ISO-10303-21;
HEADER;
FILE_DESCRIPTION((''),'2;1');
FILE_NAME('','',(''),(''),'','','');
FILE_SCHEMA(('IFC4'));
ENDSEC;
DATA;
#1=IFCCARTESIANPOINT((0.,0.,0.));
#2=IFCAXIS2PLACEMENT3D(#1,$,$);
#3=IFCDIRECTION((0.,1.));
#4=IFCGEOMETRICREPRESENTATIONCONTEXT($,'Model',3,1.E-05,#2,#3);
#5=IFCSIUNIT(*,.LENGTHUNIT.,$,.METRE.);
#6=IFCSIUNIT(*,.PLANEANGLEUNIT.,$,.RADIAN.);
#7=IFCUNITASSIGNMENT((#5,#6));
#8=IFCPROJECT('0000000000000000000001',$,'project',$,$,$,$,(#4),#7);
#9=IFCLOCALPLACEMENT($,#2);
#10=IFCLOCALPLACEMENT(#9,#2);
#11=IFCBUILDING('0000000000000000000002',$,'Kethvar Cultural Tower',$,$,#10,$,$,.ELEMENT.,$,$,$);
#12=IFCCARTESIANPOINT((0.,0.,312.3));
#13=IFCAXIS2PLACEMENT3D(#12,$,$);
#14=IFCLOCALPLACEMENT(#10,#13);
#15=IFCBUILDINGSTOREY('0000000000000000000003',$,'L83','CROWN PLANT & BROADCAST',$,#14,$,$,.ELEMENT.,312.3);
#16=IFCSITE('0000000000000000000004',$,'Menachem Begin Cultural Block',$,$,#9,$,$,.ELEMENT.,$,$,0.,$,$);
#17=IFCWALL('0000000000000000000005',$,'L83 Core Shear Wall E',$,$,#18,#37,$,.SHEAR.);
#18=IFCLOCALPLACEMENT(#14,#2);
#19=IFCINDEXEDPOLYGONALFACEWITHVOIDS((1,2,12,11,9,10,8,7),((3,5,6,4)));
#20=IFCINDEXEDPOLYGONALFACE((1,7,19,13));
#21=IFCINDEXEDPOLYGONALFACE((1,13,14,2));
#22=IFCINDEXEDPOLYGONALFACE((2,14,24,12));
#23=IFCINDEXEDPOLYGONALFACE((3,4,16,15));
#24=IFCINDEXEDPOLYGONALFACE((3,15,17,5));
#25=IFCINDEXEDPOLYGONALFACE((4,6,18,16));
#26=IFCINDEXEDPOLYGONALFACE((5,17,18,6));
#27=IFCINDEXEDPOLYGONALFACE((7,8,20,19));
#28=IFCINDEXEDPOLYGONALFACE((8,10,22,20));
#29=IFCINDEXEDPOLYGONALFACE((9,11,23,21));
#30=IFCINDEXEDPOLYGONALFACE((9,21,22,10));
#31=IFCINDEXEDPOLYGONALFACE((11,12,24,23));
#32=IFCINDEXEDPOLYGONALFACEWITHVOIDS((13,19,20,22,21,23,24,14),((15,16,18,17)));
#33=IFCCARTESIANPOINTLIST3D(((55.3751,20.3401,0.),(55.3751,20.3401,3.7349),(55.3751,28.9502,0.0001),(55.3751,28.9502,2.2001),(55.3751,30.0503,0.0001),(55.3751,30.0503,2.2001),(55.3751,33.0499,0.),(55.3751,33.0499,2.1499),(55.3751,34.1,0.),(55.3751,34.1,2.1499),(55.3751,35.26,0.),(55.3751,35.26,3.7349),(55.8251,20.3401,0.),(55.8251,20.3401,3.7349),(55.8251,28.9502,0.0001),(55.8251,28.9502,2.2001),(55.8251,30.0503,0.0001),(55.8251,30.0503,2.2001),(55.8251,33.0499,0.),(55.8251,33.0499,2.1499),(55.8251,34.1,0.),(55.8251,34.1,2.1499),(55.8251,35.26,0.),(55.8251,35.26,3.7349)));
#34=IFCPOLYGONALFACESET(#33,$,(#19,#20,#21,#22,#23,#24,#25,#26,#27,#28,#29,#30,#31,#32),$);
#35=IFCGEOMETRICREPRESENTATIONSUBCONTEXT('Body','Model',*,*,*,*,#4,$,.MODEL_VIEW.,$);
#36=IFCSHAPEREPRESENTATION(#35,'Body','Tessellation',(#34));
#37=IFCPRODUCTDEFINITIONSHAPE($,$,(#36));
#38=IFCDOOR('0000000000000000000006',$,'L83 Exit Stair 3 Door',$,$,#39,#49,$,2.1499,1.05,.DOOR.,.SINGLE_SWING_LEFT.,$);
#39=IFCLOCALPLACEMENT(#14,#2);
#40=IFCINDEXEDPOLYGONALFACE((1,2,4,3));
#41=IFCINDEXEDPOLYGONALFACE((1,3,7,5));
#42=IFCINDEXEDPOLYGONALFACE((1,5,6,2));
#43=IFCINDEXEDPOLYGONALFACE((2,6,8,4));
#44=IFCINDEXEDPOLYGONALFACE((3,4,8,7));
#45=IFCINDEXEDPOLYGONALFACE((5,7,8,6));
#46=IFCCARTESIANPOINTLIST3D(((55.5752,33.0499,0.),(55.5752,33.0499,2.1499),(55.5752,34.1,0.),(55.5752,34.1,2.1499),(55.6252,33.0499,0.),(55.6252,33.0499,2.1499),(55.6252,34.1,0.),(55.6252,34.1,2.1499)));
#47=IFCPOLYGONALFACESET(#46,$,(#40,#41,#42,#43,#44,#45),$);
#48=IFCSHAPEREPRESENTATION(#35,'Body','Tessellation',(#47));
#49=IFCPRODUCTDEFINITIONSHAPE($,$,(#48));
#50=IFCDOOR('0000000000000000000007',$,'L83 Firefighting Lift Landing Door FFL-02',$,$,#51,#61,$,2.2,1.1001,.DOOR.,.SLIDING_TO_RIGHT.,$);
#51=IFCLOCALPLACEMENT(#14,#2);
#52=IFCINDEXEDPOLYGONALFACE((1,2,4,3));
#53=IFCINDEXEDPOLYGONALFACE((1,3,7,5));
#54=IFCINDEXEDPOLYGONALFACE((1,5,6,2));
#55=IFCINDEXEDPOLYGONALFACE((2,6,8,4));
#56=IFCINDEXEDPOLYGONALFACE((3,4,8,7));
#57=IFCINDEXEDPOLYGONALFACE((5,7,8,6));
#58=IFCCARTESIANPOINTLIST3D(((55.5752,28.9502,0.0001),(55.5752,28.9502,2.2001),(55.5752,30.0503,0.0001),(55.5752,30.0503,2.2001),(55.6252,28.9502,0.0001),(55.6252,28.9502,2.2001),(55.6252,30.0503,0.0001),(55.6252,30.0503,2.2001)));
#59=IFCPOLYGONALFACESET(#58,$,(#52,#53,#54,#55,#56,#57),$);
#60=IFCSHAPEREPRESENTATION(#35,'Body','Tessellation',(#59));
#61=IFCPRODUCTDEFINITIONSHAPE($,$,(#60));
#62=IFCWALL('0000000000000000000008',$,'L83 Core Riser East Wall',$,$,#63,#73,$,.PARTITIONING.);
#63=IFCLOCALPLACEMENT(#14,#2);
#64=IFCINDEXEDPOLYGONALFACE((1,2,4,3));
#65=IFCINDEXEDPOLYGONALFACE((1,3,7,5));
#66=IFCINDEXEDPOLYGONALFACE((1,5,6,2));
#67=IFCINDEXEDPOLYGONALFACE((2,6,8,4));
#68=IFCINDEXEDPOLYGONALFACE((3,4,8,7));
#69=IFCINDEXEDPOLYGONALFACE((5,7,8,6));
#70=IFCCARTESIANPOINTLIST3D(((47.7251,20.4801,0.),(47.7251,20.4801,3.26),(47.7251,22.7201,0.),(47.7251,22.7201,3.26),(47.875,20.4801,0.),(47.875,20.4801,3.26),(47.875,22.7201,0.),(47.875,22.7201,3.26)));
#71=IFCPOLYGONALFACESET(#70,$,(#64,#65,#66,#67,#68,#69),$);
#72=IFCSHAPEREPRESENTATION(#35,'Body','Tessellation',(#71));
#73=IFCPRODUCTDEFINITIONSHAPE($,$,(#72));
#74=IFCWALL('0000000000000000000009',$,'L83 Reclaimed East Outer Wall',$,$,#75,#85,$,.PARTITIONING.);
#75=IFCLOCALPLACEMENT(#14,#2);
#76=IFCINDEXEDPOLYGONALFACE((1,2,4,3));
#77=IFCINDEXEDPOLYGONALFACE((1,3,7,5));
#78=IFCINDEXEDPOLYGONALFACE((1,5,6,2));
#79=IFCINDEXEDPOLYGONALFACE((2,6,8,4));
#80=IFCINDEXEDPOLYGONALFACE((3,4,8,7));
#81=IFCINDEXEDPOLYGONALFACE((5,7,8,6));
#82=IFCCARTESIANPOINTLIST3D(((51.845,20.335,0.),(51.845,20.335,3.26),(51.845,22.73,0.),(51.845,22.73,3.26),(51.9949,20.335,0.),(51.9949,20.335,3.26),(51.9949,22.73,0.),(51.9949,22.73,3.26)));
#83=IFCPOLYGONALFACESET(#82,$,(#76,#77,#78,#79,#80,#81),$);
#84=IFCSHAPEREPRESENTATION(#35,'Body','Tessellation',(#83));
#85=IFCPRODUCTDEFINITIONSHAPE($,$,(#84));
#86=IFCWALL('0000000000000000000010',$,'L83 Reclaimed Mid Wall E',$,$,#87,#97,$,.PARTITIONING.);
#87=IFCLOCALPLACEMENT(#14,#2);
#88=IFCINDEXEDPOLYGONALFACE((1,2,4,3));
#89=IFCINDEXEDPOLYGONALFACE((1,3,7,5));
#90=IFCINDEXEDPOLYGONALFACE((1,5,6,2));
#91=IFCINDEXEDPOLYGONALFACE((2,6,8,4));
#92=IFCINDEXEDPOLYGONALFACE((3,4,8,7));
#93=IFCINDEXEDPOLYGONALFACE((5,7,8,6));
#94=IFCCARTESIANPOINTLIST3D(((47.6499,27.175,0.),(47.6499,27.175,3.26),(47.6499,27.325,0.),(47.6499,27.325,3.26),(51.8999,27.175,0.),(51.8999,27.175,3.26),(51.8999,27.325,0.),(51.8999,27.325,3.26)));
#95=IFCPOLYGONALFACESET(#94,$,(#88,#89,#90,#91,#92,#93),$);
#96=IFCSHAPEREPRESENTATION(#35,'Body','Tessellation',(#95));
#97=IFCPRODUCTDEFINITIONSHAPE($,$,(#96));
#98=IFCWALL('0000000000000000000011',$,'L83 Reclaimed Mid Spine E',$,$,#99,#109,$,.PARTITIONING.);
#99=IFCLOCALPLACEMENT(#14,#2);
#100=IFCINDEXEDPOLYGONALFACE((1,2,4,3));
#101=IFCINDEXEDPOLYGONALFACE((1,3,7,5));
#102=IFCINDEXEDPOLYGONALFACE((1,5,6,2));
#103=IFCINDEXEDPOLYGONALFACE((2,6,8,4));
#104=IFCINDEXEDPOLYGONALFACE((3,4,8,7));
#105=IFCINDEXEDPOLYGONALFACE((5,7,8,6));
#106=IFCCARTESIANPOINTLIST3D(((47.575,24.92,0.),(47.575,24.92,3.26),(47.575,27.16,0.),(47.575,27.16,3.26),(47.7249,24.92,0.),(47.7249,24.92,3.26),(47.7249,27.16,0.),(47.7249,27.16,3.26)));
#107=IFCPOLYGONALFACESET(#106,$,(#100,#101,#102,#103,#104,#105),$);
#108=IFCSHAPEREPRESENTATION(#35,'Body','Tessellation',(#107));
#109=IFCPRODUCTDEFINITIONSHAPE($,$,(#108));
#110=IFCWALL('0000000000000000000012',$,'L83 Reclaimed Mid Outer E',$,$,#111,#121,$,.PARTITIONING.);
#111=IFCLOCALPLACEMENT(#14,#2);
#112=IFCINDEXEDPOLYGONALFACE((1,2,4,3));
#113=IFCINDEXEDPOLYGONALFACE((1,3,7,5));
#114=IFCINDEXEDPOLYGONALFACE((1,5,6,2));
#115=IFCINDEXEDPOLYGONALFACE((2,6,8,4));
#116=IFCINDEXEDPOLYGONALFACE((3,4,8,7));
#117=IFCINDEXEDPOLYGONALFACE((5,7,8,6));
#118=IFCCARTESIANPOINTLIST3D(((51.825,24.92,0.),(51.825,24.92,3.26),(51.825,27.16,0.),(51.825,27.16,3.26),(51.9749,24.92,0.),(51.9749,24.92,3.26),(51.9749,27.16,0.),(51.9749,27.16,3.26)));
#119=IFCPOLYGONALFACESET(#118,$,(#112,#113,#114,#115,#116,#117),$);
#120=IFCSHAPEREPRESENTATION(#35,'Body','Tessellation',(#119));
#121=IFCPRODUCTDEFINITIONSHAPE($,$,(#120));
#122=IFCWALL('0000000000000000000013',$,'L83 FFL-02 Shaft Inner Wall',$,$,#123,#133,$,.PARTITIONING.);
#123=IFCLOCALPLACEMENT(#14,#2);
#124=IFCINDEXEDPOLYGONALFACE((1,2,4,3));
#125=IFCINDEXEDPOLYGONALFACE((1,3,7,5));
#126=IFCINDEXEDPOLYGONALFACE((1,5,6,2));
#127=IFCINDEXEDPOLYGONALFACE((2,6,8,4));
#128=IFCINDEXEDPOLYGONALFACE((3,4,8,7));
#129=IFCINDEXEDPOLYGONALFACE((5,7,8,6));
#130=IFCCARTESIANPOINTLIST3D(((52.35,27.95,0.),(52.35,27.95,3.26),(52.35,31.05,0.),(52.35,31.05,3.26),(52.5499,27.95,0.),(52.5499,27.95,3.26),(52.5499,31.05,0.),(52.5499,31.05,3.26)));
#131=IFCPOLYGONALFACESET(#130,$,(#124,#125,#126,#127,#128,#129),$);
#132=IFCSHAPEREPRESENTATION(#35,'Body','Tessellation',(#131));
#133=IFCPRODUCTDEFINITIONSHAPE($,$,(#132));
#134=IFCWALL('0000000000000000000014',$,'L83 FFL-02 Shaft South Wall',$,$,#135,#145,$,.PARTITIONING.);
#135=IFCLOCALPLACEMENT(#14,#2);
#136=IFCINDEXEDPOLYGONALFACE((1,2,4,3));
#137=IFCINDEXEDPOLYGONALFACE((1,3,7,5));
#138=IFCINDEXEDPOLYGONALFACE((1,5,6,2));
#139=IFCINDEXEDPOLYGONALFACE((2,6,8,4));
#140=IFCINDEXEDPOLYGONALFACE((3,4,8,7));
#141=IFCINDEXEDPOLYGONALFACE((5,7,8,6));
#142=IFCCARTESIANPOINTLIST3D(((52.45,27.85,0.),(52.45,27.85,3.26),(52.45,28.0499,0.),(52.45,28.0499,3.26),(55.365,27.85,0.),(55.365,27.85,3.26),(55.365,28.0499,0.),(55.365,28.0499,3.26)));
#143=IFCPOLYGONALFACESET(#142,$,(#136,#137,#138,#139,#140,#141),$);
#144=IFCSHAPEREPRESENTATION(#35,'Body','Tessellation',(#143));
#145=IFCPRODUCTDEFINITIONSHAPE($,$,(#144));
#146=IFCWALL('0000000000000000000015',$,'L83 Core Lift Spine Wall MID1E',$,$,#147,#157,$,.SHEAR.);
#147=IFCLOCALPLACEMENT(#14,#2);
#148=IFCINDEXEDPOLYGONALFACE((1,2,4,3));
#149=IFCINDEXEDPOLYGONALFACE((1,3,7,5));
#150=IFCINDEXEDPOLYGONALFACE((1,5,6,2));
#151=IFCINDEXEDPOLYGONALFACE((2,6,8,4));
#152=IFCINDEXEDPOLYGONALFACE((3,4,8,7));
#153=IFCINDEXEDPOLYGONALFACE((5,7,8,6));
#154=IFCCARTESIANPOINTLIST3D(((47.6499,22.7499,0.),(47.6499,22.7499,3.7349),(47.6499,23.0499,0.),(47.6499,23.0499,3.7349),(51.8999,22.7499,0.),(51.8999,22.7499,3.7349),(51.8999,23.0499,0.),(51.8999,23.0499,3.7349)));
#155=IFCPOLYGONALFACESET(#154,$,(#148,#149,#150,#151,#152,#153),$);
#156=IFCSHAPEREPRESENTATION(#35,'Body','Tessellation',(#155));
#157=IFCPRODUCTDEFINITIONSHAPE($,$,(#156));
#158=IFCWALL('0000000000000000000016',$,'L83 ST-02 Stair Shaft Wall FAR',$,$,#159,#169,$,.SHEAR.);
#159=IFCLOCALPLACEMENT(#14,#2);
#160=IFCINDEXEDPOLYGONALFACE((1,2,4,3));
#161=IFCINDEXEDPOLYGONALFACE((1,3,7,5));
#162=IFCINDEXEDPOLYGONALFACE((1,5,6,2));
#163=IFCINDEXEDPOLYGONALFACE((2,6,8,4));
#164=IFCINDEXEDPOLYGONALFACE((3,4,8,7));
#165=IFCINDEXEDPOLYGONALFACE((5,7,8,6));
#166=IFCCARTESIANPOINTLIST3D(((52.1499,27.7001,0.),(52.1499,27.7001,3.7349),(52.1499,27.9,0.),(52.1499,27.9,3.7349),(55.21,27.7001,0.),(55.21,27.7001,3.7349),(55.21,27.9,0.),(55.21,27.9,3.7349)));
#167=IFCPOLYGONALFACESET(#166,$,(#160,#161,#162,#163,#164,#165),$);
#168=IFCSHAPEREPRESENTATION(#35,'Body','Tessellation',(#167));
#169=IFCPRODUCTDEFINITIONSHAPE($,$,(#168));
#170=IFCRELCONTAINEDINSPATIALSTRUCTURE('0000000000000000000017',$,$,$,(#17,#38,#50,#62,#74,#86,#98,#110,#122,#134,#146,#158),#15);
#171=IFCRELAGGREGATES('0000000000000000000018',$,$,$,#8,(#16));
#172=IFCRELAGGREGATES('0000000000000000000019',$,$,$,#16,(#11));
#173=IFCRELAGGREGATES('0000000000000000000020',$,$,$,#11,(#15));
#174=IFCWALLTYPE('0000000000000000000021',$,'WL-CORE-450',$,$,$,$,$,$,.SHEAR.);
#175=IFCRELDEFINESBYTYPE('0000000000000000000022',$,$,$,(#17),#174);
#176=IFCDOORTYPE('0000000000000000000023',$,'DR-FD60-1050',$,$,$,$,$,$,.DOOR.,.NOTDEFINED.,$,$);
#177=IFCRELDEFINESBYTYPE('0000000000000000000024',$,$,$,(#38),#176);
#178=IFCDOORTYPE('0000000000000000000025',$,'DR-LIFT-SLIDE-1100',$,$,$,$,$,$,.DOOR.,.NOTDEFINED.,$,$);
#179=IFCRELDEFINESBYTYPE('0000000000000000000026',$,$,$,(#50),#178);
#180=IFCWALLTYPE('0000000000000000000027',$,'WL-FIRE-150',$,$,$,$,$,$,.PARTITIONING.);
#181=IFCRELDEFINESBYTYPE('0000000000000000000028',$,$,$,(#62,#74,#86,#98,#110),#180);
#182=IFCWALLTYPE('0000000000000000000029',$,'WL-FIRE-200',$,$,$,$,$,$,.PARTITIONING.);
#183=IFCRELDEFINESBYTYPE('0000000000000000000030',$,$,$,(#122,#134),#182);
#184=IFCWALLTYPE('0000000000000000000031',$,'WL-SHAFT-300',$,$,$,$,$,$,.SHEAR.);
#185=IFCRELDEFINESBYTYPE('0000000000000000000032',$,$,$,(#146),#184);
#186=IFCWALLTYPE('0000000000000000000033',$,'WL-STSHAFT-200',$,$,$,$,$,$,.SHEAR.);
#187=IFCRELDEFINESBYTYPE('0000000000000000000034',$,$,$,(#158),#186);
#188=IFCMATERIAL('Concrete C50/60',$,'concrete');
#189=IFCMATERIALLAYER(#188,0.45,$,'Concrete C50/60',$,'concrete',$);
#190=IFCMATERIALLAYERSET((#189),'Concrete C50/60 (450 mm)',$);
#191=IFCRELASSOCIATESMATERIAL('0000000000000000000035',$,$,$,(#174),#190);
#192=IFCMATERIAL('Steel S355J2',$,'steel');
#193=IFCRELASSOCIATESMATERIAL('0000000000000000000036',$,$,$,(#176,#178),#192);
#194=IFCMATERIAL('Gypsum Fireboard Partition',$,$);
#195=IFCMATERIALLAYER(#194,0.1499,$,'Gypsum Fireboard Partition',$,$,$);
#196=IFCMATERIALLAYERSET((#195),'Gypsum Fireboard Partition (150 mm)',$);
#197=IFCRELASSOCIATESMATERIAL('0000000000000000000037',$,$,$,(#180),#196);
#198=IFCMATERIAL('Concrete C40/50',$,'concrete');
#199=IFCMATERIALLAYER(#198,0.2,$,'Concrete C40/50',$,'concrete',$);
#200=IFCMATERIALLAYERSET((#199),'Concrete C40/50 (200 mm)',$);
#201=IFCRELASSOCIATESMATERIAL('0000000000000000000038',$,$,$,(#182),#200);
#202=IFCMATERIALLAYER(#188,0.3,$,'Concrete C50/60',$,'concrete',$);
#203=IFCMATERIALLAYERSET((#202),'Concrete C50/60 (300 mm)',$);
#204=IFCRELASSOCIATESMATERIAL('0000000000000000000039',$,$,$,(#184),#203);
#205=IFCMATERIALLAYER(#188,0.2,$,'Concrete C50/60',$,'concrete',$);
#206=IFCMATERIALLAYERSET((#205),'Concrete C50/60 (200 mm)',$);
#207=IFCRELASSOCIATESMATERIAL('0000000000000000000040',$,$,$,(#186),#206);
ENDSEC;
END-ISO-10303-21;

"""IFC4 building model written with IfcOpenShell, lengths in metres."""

from ifc_helpers import new_model, si_unit, direction, frame, frame_2d, origin, place, context, subcontext, project, spatial, rectangle, extrude, source, transform, mapped, material, layer, layer_set, type_object, element, fill, save


model = new_model("IFC4")

# Units and contexts
model_context = context("Model", 3, precision=1e-05, world=origin(), true_north=direction((0.0, 1.0)))
body_context = subcontext(model_context, "Body", "Model", "MODEL_VIEW")
ifc_project = project(units=[si_unit("LENGTHUNIT", "METRE"), si_unit("PLANEANGLEUNIT", "RADIAN")], contexts=[model_context])

# Site, building, storey
site_placement = place(None, origin())
site = spatial("IfcSite", under=ifc_project, at=site_placement, Name="Menachem Begin Cultural Block", CompositionType="ELEMENT", RefElevation=0.0)
building_placement = place(site_placement, origin())
building = spatial("IfcBuilding", under=site, at=building_placement, Name="Kethvar Cultural Tower", CompositionType="ELEMENT")
storey_placement = place(building_placement, frame((0.0, 0.0, 312.3)))
storey = spatial("IfcBuildingStorey", under=building, at=storey_placement, Name="L83", Description="CROWN PLANT & BROADCAST", CompositionType="ELEMENT", Elevation=312.3)

# Shared definitions
ifc_material_1 = material(Name="Steel S355J2", Category="steel")

# Wall, openings, doors
ifc_material_2 = material(Name="Concrete C50/60", Category="concrete")
ifc_layer_1 = layer(ifc_material_2, 0.45, Name="Concrete C50/60", Category="concrete")
ifc_layer_set_1 = layer_set([ifc_layer_1], Name="Concrete C50/60 (450 mm)")
wall_type_1 = type_object("IfcWallType", Name="WL-CORE-450", PredefinedType="SHEAR", material=ifc_layer_set_1)
wall_1_placement = place(storey_placement, frame((55.6001, 20.3401, 0.0), z_axis=(0.0, 0.0, 1.0), x_axis=(0.0, 1.0, 0.0)))
wall_1 = element("IfcWall", 1, at=wall_1_placement, inside=storey, type_object=wall_type_1, Name="L83 Core Shear Wall E", PredefinedType="SHEAR", context=body_context, shape_type="SweptSolid", body=[
    extrude(rectangle(XDim=14.9199, YDim=0.45, at=frame_2d((7.46, 0.0))), origin(), (0.0, 0.0, 1.0), 3.7349),
])
opening_1_placement = place(wall_1_placement, frame((12.71, 0.0, 0.0)))
opening_1 = element("IfcOpeningElement", 2, at=opening_1_placement, cuts=wall_1, PredefinedType="OPENING", context=body_context, shape_type="SweptSolid", body=[
    extrude(rectangle(XDim=1.05, YDim=2.1499, at=frame_2d((0.5249, 1.075))), frame((0.0, 0.2349, 0.0), z_axis=(0.0, -1.0, 0.0), x_axis=(1.0, 0.0, 0.0)), (0.0, 0.0, 1.0), 0.47),
])
opening_2_placement = place(wall_1_placement, frame((8.6101, 0.0, 0.0)))
opening_2 = element("IfcOpeningElement", 3, at=opening_2_placement, cuts=wall_1, PredefinedType="OPENING", context=body_context, shape_type="SweptSolid", body=[
    extrude(rectangle(XDim=1.1001, YDim=2.2, at=frame_2d((0.55, 1.1001))), frame((0.0, 0.2349, 0.0), z_axis=(0.0, -1.0, 0.0), x_axis=(1.0, 0.0, 0.0)), (0.0, 0.0, 1.0), 0.47),
])
door_type_1 = type_object("IfcDoorType", Name="DR-FD60-1050", OperationType="NOTDEFINED", PredefinedType="DOOR", material=ifc_material_1)
shared_shape_1 = source(origin(), body_context, "Body", "SweptSolid", [
    extrude(rectangle(XDim=1.05, YDim=2.1499, at=frame_2d((0.5249, 1.075))), frame((0.0, 0.0249, 0.0), z_axis=(0.0, -1.0, 0.0), x_axis=(1.0, 0.0, 0.0)), (0.0, 0.0, 1.0), 0.05),
])
door_1_placement = place(opening_1_placement, origin())
door_1 = element("IfcDoor", 4, at=door_1_placement, inside=storey, type_object=door_type_1, Name="L83 Exit Stair 3 Door", OperationType="SINGLE_SWING_LEFT", OverallHeight=2.1499, OverallWidth=1.05, PredefinedType="DOOR", context=body_context, shape_type="MappedRepresentation", body=[
    mapped(shared_shape_1, transform((0.0, 0.0, 0.0), scale=1.0)),
])
fill(opening_1, door_1)
door_type_2 = type_object("IfcDoorType", Name="DR-LIFT-SLIDE-1100", OperationType="NOTDEFINED", PredefinedType="DOOR", material=ifc_material_1)
shared_shape_2 = source(origin(), body_context, "Body", "SweptSolid", [
    extrude(rectangle(XDim=1.1001, YDim=2.2, at=frame_2d((0.55, 1.1001))), frame((0.0, 0.0249, 0.0), z_axis=(0.0, -1.0, 0.0), x_axis=(1.0, 0.0, 0.0)), (0.0, 0.0, 1.0), 0.05),
])
door_2_placement = place(opening_2_placement, origin())
door_2 = element("IfcDoor", 5, at=door_2_placement, inside=storey, type_object=door_type_2, Name="L83 Firefighting Lift Landing Door FFL-02", OperationType="SLIDING_TO_RIGHT", OverallHeight=2.2, OverallWidth=1.1001, PredefinedType="DOOR", context=body_context, shape_type="MappedRepresentation", body=[
    mapped(shared_shape_2, transform((0.0, 0.0, 0.0), scale=1.0)),
])
fill(opening_2, door_2)

# Walls
ifc_material_3 = material(Name="Gypsum Fireboard Partition")
ifc_layer_2 = layer(ifc_material_3, 0.1499, Name="Gypsum Fireboard Partition")
ifc_layer_set_2 = layer_set([ifc_layer_2], Name="Gypsum Fireboard Partition (150 mm)")
wall_type_2 = type_object("IfcWallType", Name="WL-FIRE-150", PredefinedType="PARTITIONING", material=ifc_layer_set_2)
wall_2_placement = place(storey_placement, frame((47.8, 20.48, 0.0), z_axis=(0.0, 0.0, 1.0), x_axis=(0.0, 1.0, 0.0)))
element("IfcWall", 6, at=wall_2_placement, inside=storey, type_object=wall_type_2, Name="L83 Core Riser East Wall", PredefinedType="PARTITIONING", context=body_context, shape_type="SweptSolid", body=[
    extrude(rectangle(XDim=2.24, YDim=0.1499, at=frame_2d((1.1201, 0.0))), origin(), (0.0, 0.0, 1.0), 3.26),
])
wall_3_placement = place(storey_placement, frame((51.9199, 20.335, 0.0), z_axis=(0.0, 0.0, 1.0), x_axis=(0.0, 1.0, 0.0)))
element("IfcWall", 7, at=wall_3_placement, inside=storey, type_object=wall_type_2, Name="L83 Reclaimed East Outer Wall", PredefinedType="PARTITIONING", context=body_context, shape_type="SweptSolid", body=[
    extrude(rectangle(XDim=2.395, YDim=0.1499, at=frame_2d((1.1975, 0.0))), origin(), (0.0, 0.0, 1.0), 3.26),
])
wall_4_placement = place(storey_placement, frame((47.6499, 27.25, 0.0), z_axis=(0.0, 0.0, 1.0), x_axis=(1.0, 0.0, 0.0)))
element("IfcWall", 8, at=wall_4_placement, inside=storey, type_object=wall_type_2, Name="L83 Reclaimed Mid Wall E", PredefinedType="PARTITIONING", context=body_context, shape_type="SweptSolid", body=[
    extrude(rectangle(XDim=4.25, YDim=0.1499, at=frame_2d((2.125, 0.0))), origin(), (0.0, 0.0, 1.0), 3.26),
])
for number, where, z_axis, x_axis, name in (
    (9, (47.6499, 24.9199, 0.0), (0.0, 0.0, 1.0), (0.0, 1.0, 0.0), "L83 Reclaimed Mid Spine E"),
    (10, (51.8999, 24.9199, 0.0), (0.0, 0.0, 1.0), (0.0, 1.0, 0.0), "L83 Reclaimed Mid Outer E"),
):
    element("IfcWall", number, at=place(storey_placement, frame(where, z_axis=z_axis, x_axis=x_axis)), inside=storey, type_object=wall_type_2, Name=name, PredefinedType="PARTITIONING", context=body_context, shape_type="SweptSolid", body=[
        extrude(rectangle(XDim=2.24, YDim=0.1499, at=frame_2d((1.1201, 0.0))), origin(), (0.0, 0.0, 1.0), 3.26),
    ])
ifc_material_4 = material(Name="Concrete C40/50", Category="concrete")
ifc_layer_3 = layer(ifc_material_4, 0.2, Name="Concrete C40/50", Category="concrete")
ifc_layer_set_3 = layer_set([ifc_layer_3], Name="Concrete C40/50 (200 mm)")
wall_type_3 = type_object("IfcWallType", Name="WL-FIRE-200", PredefinedType="PARTITIONING", material=ifc_layer_set_3)
wall_5_placement = place(storey_placement, frame((52.45, 27.95, 0.0), z_axis=(0.0, 0.0, 1.0), x_axis=(0.0, 1.0, 0.0)))
element("IfcWall", 11, at=wall_5_placement, inside=storey, type_object=wall_type_3, Name="L83 FFL-02 Shaft Inner Wall", PredefinedType="PARTITIONING", context=body_context, shape_type="SweptSolid", body=[
    extrude(rectangle(XDim=3.1001, YDim=0.2, at=frame_2d((1.55, 0.0))), origin(), (0.0, 0.0, 1.0), 3.26),
])
wall_6_placement = place(storey_placement, frame((52.45, 27.95, 0.0), z_axis=(0.0, 0.0, 1.0), x_axis=(1.0, 0.0, 0.0)))
element("IfcWall", 12, at=wall_6_placement, inside=storey, type_object=wall_type_3, Name="L83 FFL-02 Shaft South Wall", PredefinedType="PARTITIONING", context=body_context, shape_type="SweptSolid", body=[
    extrude(rectangle(XDim=2.915, YDim=0.2, at=frame_2d((1.4575, 0.0))), origin(), (0.0, 0.0, 1.0), 3.26),
])
ifc_layer_4 = layer(ifc_material_2, 0.3, Name="Concrete C50/60", Category="concrete")
ifc_layer_set_4 = layer_set([ifc_layer_4], Name="Concrete C50/60 (300 mm)")
wall_type_4 = type_object("IfcWallType", Name="WL-SHAFT-300", PredefinedType="SHEAR", material=ifc_layer_set_4)
wall_7_placement = place(storey_placement, frame((47.6499, 22.8999, 0.0), z_axis=(0.0, 0.0, 1.0), x_axis=(1.0, 0.0, 0.0)))
element("IfcWall", 13, at=wall_7_placement, inside=storey, type_object=wall_type_4, Name="L83 Core Lift Spine Wall MID1E", PredefinedType="SHEAR", context=body_context, shape_type="SweptSolid", body=[
    extrude(rectangle(XDim=4.25, YDim=0.3, at=frame_2d((2.125, 0.0))), origin(), (0.0, 0.0, 1.0), 3.7349),
])

# Wall
ifc_layer_5 = layer(ifc_material_2, 0.2, Name="Concrete C50/60", Category="concrete")
ifc_layer_set_5 = layer_set([ifc_layer_5], Name="Concrete C50/60 (200 mm)")
wall_type_5 = type_object("IfcWallType", Name="WL-STSHAFT-200", PredefinedType="SHEAR", material=ifc_layer_set_5)
wall_8_placement = place(storey_placement, frame((52.1499, 27.8, 0.0), z_axis=(0.0, 0.0, 1.0), x_axis=(1.0, 0.0, 0.0)))
element("IfcWall", 14, at=wall_8_placement, inside=storey, type_object=wall_type_5, Name="L83 ST-02 Stair Shaft Wall FAR", PredefinedType="SHEAR", context=body_context, shape_type="SweptSolid", body=[
    extrude(rectangle(XDim=3.0601, YDim=0.2, at=frame_2d((1.53, 0.0))), origin(), (0.0, 0.0, 1.0), 3.7349),
])

save(model, "model.ifc")
